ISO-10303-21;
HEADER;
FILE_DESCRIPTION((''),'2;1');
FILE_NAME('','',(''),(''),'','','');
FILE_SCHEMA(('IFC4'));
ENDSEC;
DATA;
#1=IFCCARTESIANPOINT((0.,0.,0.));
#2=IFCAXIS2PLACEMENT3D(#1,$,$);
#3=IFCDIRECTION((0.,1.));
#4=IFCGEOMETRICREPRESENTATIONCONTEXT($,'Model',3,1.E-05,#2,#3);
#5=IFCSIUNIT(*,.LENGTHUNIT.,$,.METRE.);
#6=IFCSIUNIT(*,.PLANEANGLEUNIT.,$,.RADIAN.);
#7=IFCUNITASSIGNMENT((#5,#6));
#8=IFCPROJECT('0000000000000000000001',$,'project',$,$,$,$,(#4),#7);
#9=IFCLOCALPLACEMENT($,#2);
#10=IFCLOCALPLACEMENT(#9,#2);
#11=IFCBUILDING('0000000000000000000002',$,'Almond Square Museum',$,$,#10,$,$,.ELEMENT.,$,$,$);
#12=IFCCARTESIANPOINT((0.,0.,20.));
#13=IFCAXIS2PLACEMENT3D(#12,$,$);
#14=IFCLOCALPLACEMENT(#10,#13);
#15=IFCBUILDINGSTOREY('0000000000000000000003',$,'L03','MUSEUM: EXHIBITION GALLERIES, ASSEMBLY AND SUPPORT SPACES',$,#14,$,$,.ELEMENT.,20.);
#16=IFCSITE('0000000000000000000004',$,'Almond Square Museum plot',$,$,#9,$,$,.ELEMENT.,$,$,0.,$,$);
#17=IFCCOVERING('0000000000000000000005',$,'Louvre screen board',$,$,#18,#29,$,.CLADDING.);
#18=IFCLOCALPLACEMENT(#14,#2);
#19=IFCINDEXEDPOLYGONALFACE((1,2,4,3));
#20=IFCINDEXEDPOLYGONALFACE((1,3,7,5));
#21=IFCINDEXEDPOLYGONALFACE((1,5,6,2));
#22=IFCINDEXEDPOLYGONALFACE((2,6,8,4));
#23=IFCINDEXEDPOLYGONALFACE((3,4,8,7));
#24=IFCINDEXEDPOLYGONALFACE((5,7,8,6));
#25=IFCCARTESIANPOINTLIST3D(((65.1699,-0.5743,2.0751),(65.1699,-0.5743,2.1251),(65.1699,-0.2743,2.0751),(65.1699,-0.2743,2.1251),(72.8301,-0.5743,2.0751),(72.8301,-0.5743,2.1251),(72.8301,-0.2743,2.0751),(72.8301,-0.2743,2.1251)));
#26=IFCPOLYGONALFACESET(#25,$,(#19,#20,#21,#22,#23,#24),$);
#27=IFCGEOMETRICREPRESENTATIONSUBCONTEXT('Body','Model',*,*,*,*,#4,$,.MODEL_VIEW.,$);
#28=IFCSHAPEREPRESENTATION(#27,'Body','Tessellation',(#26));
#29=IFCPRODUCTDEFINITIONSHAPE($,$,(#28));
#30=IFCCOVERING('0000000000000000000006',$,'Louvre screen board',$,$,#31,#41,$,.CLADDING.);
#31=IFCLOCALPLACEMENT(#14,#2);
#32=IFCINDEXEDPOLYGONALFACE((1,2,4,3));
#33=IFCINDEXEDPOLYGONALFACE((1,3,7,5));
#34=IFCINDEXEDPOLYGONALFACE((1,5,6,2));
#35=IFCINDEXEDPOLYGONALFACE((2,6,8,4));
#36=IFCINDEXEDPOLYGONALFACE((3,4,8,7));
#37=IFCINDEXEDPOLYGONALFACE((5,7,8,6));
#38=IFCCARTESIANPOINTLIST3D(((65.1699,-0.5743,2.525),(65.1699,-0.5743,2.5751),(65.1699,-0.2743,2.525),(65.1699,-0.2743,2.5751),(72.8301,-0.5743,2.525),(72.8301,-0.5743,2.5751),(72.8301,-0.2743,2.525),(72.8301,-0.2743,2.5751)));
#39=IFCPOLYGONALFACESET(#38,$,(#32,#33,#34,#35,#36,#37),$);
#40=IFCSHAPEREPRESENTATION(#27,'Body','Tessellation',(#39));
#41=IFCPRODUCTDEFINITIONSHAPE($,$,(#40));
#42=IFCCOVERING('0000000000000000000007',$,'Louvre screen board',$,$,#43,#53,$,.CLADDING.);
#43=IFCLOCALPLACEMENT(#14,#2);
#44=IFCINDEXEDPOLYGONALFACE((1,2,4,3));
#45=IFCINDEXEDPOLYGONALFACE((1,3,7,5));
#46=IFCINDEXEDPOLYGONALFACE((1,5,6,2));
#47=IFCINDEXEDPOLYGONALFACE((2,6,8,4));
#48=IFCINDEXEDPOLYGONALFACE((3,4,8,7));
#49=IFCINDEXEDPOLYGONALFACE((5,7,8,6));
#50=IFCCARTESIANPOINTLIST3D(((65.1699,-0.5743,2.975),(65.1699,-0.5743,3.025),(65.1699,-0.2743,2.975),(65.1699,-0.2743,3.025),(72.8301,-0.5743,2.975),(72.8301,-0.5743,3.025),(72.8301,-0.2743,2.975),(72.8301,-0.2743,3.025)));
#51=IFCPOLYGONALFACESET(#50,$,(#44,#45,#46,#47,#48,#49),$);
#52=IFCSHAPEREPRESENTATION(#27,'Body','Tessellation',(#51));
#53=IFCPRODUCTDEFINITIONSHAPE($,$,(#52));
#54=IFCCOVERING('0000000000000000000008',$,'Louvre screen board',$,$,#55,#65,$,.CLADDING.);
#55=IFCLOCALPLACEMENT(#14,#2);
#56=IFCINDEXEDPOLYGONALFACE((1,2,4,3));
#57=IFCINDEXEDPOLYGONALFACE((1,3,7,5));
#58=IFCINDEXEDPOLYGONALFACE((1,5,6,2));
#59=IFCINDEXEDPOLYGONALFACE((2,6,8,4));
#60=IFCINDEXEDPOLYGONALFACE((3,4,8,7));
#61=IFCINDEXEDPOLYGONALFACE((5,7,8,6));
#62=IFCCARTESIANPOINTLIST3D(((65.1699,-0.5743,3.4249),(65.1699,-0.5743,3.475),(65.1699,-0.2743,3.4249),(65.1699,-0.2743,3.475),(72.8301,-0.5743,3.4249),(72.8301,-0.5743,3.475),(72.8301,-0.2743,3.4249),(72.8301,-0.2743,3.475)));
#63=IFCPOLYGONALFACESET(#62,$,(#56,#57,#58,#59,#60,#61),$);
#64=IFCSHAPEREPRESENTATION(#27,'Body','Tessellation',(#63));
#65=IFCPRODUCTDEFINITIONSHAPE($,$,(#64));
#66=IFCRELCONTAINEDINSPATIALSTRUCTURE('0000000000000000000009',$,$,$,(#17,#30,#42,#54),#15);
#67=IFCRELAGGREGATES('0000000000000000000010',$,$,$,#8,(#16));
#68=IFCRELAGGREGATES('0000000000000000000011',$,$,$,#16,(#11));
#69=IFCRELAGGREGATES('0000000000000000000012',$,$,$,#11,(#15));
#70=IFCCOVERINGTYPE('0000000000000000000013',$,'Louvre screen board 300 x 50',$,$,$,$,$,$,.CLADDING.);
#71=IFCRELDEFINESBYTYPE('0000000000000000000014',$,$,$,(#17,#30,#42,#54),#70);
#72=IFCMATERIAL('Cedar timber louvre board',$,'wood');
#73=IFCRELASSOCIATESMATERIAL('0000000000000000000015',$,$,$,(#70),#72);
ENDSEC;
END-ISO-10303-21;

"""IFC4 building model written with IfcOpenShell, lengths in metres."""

from ifc_helpers import new_model, si_unit, direction, frame, origin, origin_2d, place, context, subcontext, project, spatial, rectangle, extrude, material, material_profile, profile_set, type_object, element, save


model = new_model("IFC4")

# Units and contexts
model_context = context("Model", 3, precision=1e-05, world=origin(), true_north=direction((0.0, 1.0)))
body_context = subcontext(model_context, "Body", "Model", "MODEL_VIEW")
ifc_project = project(units=[si_unit("LENGTHUNIT", "METRE"), si_unit("PLANEANGLEUNIT", "RADIAN")], contexts=[model_context])

# Site, building, storey
site_placement = place(None, origin())
site = spatial("IfcSite", under=ifc_project, at=site_placement, Name="Almond Square Museum plot", CompositionType="ELEMENT", RefElevation=0.0)
building_placement = place(site_placement, origin())
building = spatial("IfcBuilding", under=site, at=building_placement, Name="Almond Square Museum", CompositionType="ELEMENT")
storey_placement = place(building_placement, frame((0.0, 0.0, 20.0)))
storey = spatial("IfcBuildingStorey", under=building, at=storey_placement, Name="L03", Description="MUSEUM: EXHIBITION GALLERIES, ASSEMBLY AND SUPPORT SPACES", CompositionType="ELEMENT", Elevation=20.0)

# Coverings
ifc_material_1 = material(Name="Cedar timber louvre board", Category="wood")
ifc_material_profile_1 = material_profile(ifc_material_1, rectangle(XDim=0.3, YDim=0.05, at=origin_2d()))
ifc_profile_set_1 = profile_set([ifc_material_profile_1], Name="Cedar timber louvre board")
covering_type = type_object("IfcCoveringType", Name="Louvre screen board 300 x 50", PredefinedType="CLADDING", material=ifc_profile_set_1)
for number, where, z_axis, x_axis, name in (
    (1, (65.1699, -0.4243, 2.1001), (1.0, 0.0, 0.0), (0.0, 1.0, 0.0), "Louvre screen board"),
    (2, (65.1699, -0.4243, 2.55), (1.0, 0.0, 0.0), (0.0, 1.0, 0.0), "Louvre screen board"),
    (3, (65.1699, -0.4243, 3.0), (1.0, 0.0, 0.0), (0.0, 1.0, 0.0), "Louvre screen board"),
    (4, (65.1699, -0.4243, 3.45), (1.0, 0.0, 0.0), (0.0, 1.0, 0.0), "Louvre screen board"),
):
    element("IfcCovering", number, at=place(storey_placement, frame(where, z_axis=z_axis, x_axis=x_axis)), inside=storey, type_object=covering_type, Name=name, PredefinedType="CLADDING", context=body_context, shape_type="SweptSolid", body=[
        extrude(rectangle(XDim=0.3, YDim=0.05, at=origin_2d()), origin(), (0.0, 0.0, 1.0), 7.6602),
    ])

save(model, "model.ifc")
